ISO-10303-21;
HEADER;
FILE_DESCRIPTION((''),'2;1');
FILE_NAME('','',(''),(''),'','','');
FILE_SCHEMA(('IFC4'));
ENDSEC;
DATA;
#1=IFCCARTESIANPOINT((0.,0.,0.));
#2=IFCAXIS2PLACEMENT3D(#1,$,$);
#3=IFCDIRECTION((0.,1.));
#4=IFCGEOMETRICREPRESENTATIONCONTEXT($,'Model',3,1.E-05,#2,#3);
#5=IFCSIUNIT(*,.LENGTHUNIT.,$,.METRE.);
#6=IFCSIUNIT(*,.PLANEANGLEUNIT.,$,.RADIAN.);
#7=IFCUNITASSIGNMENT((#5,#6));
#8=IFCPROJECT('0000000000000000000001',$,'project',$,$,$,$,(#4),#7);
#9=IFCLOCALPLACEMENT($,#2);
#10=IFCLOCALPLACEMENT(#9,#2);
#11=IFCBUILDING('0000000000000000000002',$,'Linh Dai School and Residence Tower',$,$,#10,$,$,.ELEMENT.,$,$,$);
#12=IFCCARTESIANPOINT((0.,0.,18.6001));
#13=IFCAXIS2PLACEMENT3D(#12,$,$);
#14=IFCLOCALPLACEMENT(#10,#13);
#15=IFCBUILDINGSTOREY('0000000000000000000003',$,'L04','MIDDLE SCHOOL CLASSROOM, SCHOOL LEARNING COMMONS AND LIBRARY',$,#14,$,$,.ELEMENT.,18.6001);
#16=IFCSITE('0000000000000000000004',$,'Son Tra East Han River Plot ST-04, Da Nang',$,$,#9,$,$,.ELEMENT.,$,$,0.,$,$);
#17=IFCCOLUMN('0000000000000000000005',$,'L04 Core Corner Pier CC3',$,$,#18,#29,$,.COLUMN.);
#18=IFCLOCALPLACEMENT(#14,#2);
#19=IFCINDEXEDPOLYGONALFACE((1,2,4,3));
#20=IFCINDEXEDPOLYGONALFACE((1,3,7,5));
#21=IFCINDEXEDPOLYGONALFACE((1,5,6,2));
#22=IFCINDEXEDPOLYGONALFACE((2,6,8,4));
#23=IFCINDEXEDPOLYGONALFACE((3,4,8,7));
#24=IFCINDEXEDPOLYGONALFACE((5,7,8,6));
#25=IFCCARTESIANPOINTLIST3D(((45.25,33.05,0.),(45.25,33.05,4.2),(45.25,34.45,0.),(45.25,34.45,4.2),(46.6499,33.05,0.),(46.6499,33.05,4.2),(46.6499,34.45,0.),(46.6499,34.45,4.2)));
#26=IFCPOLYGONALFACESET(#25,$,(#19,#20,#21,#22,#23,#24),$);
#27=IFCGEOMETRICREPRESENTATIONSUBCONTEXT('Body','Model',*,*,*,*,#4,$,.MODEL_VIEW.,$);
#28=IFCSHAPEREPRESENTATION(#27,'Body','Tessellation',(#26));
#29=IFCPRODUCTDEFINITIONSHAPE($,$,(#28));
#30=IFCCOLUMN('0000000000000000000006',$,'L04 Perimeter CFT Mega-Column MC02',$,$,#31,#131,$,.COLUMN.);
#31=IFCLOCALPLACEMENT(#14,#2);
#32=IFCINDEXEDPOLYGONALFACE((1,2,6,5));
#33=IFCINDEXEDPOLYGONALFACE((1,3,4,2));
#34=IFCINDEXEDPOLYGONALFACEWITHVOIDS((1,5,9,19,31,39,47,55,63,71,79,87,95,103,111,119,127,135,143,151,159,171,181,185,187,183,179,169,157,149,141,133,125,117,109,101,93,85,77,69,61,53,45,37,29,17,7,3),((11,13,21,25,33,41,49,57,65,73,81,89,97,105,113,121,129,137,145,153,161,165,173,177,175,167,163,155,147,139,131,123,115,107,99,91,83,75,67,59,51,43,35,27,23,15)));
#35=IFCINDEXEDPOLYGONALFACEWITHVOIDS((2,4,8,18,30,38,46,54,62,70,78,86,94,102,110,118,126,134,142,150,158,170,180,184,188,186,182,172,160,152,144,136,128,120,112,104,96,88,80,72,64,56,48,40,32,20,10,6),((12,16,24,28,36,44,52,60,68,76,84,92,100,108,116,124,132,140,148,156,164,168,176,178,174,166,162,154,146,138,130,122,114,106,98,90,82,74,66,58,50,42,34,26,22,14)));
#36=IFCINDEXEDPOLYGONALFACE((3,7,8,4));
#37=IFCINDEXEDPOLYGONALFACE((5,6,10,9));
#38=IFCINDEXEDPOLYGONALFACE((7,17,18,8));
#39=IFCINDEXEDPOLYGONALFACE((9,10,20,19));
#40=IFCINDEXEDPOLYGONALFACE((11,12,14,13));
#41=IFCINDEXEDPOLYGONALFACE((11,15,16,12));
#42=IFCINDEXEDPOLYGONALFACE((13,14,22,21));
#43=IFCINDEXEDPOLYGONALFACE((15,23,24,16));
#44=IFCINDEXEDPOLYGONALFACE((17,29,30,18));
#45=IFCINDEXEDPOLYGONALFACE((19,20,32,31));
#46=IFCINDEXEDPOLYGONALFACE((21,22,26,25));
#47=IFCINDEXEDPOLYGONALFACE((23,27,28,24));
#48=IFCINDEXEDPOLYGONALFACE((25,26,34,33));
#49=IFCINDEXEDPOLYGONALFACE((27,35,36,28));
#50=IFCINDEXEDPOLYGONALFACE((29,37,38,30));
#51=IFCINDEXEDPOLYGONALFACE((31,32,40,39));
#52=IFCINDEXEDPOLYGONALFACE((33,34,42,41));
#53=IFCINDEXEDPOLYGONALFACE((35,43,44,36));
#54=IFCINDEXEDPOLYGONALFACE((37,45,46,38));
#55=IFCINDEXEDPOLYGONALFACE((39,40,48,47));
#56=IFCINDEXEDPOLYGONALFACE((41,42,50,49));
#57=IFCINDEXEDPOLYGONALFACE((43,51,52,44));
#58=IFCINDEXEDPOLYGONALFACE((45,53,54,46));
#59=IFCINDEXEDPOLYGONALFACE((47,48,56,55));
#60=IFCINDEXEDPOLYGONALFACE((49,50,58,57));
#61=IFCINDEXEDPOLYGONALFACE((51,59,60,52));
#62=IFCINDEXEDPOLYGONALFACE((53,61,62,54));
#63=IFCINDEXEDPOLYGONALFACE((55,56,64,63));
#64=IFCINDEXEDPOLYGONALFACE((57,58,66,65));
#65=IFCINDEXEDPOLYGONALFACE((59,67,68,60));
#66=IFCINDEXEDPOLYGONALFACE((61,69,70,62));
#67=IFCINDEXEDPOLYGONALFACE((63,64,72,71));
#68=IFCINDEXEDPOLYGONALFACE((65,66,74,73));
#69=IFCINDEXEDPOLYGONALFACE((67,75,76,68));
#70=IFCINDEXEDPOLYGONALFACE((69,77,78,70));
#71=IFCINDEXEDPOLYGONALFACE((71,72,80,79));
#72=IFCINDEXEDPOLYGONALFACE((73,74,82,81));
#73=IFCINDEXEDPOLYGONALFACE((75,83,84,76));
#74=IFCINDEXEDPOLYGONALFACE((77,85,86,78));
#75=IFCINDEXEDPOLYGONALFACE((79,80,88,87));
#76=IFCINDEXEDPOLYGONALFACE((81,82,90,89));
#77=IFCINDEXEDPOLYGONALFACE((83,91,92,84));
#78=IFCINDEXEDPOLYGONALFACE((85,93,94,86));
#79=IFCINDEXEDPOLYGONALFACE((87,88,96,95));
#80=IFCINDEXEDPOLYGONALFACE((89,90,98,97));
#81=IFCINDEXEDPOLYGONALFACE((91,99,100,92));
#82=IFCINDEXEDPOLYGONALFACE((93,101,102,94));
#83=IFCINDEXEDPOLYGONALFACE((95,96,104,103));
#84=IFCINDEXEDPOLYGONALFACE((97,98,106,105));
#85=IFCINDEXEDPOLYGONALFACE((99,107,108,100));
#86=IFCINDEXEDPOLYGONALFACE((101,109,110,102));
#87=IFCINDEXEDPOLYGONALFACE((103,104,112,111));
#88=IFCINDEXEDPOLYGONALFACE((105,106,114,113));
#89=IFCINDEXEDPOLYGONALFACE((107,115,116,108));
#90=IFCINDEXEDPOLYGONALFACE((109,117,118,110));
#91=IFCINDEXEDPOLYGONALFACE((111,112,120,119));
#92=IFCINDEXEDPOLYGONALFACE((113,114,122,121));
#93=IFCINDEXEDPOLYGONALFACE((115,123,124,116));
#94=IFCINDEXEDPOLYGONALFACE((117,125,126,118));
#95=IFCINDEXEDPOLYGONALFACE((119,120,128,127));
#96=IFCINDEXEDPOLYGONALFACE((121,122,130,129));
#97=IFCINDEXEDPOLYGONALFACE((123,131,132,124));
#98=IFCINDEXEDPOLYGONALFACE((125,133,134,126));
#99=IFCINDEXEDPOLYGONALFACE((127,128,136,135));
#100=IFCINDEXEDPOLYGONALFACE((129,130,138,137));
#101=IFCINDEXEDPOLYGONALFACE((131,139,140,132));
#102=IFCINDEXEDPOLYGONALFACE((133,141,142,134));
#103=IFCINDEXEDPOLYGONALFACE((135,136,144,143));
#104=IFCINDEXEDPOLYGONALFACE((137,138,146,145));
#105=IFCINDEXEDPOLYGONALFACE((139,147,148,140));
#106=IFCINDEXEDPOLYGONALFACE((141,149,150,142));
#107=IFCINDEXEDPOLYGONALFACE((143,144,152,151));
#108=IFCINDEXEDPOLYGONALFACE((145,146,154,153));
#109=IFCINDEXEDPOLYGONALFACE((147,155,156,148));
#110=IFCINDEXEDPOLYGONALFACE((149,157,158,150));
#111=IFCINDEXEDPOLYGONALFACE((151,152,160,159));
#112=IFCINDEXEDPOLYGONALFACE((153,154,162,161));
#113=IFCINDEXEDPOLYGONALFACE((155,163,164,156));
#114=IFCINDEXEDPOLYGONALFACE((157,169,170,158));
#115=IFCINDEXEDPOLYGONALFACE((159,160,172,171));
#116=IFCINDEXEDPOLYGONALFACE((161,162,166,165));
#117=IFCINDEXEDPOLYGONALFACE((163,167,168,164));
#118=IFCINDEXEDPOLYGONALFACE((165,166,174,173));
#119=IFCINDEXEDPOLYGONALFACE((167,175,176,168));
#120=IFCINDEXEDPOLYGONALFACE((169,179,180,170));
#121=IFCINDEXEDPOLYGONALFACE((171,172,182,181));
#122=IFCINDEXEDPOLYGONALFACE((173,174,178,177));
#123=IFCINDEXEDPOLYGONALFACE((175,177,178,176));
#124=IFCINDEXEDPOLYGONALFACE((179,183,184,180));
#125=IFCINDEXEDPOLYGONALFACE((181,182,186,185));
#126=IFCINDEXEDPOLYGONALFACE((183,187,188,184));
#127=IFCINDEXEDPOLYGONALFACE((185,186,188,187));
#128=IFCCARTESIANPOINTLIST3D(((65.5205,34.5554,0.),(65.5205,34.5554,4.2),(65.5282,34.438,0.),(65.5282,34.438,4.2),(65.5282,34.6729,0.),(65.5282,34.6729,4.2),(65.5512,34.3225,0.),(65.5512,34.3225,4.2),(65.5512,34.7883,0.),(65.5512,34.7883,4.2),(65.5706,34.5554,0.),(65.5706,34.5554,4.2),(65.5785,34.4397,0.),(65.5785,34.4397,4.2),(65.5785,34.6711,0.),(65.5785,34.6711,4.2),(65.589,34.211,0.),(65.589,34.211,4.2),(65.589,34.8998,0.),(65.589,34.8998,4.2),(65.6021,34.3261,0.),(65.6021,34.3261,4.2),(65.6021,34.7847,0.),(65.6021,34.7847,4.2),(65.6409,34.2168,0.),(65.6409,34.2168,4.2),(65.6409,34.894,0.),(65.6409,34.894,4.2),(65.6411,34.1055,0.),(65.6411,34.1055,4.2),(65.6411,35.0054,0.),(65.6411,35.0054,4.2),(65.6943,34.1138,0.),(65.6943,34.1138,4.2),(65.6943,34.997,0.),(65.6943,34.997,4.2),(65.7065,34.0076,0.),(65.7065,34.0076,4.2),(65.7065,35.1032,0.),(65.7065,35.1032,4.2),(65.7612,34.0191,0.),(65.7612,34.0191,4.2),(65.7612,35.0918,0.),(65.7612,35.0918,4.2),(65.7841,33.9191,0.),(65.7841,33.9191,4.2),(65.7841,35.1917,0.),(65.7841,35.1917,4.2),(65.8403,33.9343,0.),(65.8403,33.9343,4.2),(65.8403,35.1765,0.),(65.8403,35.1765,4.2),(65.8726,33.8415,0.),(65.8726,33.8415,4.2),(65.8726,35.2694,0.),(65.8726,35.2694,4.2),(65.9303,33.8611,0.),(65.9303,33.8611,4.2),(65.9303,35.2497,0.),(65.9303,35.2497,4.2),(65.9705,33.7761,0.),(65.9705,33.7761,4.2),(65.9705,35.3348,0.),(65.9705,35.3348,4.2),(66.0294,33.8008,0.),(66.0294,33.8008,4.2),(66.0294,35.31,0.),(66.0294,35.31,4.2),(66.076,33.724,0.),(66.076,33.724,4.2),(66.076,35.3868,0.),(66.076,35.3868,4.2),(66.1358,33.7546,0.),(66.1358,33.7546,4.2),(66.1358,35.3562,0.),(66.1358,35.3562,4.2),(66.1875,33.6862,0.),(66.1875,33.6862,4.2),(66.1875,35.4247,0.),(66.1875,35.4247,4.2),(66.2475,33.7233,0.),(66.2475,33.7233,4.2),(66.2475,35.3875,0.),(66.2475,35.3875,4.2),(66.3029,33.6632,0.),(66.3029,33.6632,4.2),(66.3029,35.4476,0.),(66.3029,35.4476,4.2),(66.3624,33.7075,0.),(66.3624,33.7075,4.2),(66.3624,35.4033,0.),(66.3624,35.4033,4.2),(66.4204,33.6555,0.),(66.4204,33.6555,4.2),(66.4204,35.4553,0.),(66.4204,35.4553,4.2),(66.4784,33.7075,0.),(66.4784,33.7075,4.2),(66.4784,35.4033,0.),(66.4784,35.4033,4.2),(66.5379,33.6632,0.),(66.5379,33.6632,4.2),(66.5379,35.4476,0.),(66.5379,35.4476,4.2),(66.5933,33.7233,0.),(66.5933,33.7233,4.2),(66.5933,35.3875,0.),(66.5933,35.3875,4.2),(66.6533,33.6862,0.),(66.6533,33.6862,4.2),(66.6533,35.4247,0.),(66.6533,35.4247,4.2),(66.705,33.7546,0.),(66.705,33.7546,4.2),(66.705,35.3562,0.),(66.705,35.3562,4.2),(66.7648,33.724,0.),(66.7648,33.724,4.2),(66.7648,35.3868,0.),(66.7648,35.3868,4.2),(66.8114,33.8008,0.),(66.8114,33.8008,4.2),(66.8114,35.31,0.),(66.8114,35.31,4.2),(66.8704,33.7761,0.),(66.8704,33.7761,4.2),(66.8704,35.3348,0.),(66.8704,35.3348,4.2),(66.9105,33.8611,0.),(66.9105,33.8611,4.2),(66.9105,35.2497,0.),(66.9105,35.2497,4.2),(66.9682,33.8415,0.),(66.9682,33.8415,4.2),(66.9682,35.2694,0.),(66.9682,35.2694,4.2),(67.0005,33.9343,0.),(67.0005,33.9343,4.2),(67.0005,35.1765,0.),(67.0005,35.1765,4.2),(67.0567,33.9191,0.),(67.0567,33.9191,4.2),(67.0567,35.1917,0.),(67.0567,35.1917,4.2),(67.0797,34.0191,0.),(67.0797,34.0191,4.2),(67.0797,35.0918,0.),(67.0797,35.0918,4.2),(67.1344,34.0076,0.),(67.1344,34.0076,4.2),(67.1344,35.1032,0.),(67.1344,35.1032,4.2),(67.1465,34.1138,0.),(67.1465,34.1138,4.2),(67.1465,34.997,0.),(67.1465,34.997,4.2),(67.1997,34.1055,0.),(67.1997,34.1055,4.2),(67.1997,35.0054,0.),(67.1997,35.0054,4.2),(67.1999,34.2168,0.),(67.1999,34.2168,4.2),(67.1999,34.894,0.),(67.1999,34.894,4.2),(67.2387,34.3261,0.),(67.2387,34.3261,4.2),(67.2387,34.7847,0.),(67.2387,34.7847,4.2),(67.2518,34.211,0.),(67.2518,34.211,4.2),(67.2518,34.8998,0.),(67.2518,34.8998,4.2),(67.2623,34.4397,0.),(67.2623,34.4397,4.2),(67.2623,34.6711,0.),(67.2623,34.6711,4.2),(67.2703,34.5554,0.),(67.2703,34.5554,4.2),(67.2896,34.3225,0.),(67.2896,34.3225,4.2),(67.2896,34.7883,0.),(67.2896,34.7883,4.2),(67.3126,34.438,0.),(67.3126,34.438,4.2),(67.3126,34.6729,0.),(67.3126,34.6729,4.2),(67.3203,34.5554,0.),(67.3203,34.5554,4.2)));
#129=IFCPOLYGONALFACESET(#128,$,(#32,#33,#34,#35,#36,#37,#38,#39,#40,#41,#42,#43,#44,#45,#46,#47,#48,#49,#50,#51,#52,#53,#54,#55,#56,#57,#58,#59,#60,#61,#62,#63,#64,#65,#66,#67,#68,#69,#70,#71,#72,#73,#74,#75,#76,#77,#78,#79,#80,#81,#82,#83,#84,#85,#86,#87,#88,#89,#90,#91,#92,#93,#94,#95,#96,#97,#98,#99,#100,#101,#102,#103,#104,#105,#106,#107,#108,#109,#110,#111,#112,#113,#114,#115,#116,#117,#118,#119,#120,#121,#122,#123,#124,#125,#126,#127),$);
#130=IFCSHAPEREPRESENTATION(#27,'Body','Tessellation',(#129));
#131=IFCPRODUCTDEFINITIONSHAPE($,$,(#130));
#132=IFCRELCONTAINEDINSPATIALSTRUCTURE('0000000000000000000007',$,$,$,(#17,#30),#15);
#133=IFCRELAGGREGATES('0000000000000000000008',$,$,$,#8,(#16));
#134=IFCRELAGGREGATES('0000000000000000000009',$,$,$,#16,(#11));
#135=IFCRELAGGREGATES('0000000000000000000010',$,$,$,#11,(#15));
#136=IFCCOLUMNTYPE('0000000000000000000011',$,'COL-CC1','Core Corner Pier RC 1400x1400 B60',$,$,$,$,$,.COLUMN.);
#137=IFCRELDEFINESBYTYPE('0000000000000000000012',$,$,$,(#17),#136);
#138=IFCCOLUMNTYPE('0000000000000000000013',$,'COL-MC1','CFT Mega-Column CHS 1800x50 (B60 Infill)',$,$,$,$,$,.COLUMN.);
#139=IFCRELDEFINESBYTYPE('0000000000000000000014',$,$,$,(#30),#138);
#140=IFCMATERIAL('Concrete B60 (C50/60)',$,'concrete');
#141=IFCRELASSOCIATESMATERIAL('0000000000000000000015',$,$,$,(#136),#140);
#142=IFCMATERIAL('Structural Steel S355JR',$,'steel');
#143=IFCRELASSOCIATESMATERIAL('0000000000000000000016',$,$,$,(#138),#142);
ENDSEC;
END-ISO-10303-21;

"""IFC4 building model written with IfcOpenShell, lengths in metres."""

from ifc_helpers import new_model, si_unit, direction, frame, origin, origin_2d, place, context, subcontext, project, spatial, rectangle, hollow_circle, extrude, material, material_profile, profile_set, type_object, element, save


model = new_model("IFC4")

# Units and contexts
model_context = context("Model", 3, precision=1e-05, world=origin(), true_north=direction((0.0, 1.0)))
body_context = subcontext(model_context, "Body", "Model", "MODEL_VIEW")
ifc_project = project(units=[si_unit("LENGTHUNIT", "METRE"), si_unit("PLANEANGLEUNIT", "RADIAN")], contexts=[model_context])

# Site, building, storey
site_placement = place(None, origin())
site = spatial("IfcSite", under=ifc_project, at=site_placement, Name="Son Tra East Han River Plot ST-04, Da Nang", CompositionType="ELEMENT", RefElevation=0.0)
building_placement = place(site_placement, origin())
building = spatial("IfcBuilding", under=site, at=building_placement, Name="Linh Dai School and Residence Tower", CompositionType="ELEMENT")
storey_placement = place(building_placement, frame((0.0, 0.0, 18.6001)))
storey = spatial("IfcBuildingStorey", under=building, at=storey_placement, Name="L04", Description="MIDDLE SCHOOL CLASSROOM, SCHOOL LEARNING COMMONS AND LIBRARY", CompositionType="ELEMENT", Elevation=18.6001)

# Columns
ifc_material_1 = material(Name="Concrete B60 (C50/60)", Category="concrete")
ifc_material_profile_1 = material_profile(ifc_material_1, rectangle(XDim=1.3999, YDim=1.3999, at=origin_2d()), Name="RC 1400x1400")
ifc_profile_set_1 = profile_set([ifc_material_profile_1], Name="Concrete B60 (C50/60)")
column_type_1 = type_object("IfcColumnType", Name="COL-CC1", Description="Core Corner Pier RC 1400x1400 B60", PredefinedType="COLUMN", material=ifc_profile_set_1)
column_placement = place(storey_placement, frame((45.95, 33.75, 0.0), z_axis=(0.0, 0.0, 1.0), x_axis=(1.0, 0.0, 0.0)))
element("IfcColumn", 1, at=column_placement, inside=storey, type_object=column_type_1, Name="L04 Core Corner Pier CC3", PredefinedType="COLUMN", context=body_context, shape_type="SweptSolid", body=[
    extrude(rectangle(XDim=1.3999, YDim=1.3999, at=origin_2d()), origin(), (0.0, 0.0, 1.0), 4.2),
])
ifc_material_2 = material(Name="Structural Steel S355JR", Category="steel")
ifc_material_profile_2 = material_profile(ifc_material_2, hollow_circle(Radius=0.8999, WallThickness=0.05, at=origin_2d()), Name="CHS 1800x50")
ifc_profile_set_2 = profile_set([ifc_material_profile_2], Name="Structural Steel S355JR")
column_type_2 = type_object("IfcColumnType", Name="COL-MC1", Description="CFT Mega-Column CHS 1800x50 (B60 Infill)", PredefinedType="COLUMN", material=ifc_profile_set_2)
for number, where, z_axis, x_axis, name in (
    (2, (66.4204, 34.5554, 0.0), (0.0, 0.0, 1.0), (1.0, 0.0, 0.0), "L04 Perimeter CFT Mega-Column MC02"),
):
    element("IfcColumn", number, at=place(storey_placement, frame(where, z_axis=z_axis, x_axis=x_axis)), inside=storey, type_object=column_type_2, Name=name, PredefinedType="COLUMN", context=body_context, shape_type="SweptSolid", body=[
        extrude(hollow_circle(Radius=0.8999, WallThickness=0.05, at=origin_2d()), origin(), (0.0, 0.0, 1.0), 4.2),
    ])

save(model, "model.ifc")
